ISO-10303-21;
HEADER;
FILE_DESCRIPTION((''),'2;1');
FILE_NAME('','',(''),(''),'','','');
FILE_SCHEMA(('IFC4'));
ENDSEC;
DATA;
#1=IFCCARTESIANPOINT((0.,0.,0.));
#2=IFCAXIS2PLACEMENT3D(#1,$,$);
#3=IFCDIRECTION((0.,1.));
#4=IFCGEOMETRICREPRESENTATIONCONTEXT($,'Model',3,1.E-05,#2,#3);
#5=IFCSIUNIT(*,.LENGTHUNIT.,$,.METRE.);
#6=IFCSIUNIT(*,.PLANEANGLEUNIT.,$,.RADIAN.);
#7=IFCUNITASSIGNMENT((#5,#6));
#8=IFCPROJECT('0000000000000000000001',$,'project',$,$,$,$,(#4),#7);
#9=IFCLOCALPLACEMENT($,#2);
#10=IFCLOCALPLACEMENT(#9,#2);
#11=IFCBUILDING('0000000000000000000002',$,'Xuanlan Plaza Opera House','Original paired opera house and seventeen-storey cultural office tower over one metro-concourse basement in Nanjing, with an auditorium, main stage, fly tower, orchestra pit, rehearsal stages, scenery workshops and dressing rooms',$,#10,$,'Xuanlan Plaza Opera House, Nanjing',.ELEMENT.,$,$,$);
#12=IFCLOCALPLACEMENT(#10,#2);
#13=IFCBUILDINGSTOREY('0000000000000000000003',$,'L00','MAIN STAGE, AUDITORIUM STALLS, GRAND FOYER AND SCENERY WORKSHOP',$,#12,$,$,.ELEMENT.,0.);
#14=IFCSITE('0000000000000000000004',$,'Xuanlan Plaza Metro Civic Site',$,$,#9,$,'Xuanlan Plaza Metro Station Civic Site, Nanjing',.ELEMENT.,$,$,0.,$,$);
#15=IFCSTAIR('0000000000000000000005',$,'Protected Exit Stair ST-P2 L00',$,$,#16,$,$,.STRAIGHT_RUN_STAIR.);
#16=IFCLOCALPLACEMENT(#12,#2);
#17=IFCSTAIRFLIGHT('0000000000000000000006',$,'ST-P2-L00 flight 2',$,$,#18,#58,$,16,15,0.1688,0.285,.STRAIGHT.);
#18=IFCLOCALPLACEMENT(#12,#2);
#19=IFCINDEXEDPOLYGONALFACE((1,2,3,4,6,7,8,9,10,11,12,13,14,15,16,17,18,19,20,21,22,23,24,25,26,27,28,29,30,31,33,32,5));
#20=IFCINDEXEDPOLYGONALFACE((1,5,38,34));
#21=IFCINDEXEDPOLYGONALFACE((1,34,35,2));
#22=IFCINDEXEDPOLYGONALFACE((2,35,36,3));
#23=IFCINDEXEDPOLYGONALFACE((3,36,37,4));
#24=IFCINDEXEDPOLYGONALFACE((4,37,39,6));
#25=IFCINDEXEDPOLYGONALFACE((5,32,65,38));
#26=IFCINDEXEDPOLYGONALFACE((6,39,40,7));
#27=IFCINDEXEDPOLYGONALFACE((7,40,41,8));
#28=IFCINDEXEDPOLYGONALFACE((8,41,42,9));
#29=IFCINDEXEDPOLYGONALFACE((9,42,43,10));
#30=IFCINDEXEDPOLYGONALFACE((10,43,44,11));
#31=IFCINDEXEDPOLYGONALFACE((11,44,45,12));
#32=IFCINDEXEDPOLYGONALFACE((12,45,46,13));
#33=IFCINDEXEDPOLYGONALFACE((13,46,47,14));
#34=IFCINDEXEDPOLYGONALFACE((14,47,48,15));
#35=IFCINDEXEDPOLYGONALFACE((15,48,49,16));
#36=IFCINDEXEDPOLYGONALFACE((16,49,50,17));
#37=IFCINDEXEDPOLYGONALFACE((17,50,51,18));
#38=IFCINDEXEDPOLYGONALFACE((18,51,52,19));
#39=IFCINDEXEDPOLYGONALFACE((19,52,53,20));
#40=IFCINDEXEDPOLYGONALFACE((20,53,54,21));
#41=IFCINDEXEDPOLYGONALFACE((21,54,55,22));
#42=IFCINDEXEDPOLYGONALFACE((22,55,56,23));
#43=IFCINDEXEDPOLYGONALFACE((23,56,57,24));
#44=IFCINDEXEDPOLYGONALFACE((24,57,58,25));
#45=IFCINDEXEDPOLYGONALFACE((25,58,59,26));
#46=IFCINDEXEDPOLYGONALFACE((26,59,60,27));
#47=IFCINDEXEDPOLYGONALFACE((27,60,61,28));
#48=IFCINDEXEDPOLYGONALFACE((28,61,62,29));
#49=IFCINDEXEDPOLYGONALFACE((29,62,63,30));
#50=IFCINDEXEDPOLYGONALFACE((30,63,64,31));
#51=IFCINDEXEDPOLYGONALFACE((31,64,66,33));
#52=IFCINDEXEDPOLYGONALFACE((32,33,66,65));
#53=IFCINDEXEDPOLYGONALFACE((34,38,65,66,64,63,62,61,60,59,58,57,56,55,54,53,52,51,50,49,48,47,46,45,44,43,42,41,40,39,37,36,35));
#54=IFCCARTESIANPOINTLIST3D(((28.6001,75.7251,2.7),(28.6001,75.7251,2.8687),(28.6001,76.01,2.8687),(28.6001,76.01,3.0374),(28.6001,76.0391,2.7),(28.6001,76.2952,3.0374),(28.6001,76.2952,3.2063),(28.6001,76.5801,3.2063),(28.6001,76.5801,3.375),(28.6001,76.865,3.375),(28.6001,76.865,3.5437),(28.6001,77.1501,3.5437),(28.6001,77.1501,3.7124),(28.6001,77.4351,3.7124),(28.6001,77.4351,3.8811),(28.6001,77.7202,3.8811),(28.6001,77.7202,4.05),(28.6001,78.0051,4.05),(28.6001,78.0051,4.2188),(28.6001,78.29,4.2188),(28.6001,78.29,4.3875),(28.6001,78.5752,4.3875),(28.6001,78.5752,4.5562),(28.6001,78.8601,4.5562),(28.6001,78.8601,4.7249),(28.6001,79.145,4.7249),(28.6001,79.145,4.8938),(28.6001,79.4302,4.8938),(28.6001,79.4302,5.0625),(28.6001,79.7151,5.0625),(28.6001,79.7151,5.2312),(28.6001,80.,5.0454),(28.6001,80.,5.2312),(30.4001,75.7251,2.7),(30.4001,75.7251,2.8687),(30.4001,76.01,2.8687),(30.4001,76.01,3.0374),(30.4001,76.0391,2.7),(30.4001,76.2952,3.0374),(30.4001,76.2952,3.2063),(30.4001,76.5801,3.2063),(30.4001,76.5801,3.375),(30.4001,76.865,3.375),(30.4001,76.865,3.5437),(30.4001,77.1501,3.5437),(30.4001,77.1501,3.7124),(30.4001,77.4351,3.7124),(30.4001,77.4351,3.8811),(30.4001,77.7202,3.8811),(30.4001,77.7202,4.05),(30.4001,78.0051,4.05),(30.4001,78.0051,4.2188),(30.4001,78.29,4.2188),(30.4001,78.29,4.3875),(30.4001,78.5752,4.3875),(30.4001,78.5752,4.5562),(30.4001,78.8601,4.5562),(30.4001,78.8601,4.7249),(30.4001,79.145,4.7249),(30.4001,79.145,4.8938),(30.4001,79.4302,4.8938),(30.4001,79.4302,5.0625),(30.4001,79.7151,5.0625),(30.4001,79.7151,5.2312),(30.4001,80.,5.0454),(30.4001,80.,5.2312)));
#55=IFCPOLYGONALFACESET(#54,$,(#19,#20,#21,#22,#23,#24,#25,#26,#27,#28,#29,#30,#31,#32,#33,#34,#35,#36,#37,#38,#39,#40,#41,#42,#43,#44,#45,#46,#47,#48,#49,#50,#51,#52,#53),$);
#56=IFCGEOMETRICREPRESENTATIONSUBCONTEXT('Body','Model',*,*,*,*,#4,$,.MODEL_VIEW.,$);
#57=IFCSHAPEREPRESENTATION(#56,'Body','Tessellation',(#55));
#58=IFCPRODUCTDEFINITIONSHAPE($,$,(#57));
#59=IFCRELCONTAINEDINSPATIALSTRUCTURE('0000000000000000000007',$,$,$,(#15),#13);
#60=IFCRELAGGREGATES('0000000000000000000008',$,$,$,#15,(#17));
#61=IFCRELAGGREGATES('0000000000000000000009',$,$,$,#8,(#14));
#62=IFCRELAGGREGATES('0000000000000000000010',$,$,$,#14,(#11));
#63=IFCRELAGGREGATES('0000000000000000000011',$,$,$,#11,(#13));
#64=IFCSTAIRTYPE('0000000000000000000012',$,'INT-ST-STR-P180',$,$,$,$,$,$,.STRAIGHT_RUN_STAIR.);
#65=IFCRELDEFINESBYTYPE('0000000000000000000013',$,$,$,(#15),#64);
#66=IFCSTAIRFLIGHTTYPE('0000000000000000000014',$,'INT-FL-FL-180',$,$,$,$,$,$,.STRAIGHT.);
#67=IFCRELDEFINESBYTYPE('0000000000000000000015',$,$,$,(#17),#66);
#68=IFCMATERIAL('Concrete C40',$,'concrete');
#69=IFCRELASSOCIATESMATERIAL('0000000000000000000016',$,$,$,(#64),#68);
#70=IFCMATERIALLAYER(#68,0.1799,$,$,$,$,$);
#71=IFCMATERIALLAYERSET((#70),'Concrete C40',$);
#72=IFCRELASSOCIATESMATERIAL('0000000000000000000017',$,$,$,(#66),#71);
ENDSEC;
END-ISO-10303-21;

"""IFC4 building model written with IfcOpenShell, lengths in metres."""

from ifc_helpers import new_model, si_unit, direction, frame, origin, place, context, subcontext, project, spatial, polyline, outline, extrude, material, layer, layer_set, type_object, element, aggregate, save


model = new_model("IFC4")

# Units and contexts
model_context = context("Model", 3, precision=1e-05, world=origin(), true_north=direction((0.0, 1.0)))
body_context = subcontext(model_context, "Body", "Model", "MODEL_VIEW")
ifc_project = project(units=[si_unit("LENGTHUNIT", "METRE"), si_unit("PLANEANGLEUNIT", "RADIAN")], contexts=[model_context])

# Site, building, storey
site_placement = place(None, origin())
site = spatial("IfcSite", under=ifc_project, at=site_placement, Name="Xuanlan Plaza Metro Civic Site", LongName="Xuanlan Plaza Metro Station Civic Site, Nanjing", CompositionType="ELEMENT", RefElevation=0.0)
building_placement = place(site_placement, origin())
building = spatial("IfcBuilding", under=site, at=building_placement, Name="Xuanlan Plaza Opera House", Description="Original paired opera house and seventeen-storey cultural office tower over one metro-concourse basement in Nanjing, with an auditorium, main stage, fly tower, orchestra pit, rehearsal stages, scenery workshops and dressing rooms", LongName="Xuanlan Plaza Opera House, Nanjing", CompositionType="ELEMENT")
storey_placement = place(building_placement, origin())
storey = spatial("IfcBuildingStorey", under=building, at=storey_placement, Name="L00", Description="MAIN STAGE, AUDITORIUM STALLS, GRAND FOYER AND SCENERY WORKSHOP", CompositionType="ELEMENT", Elevation=0.0)

# Shared definitions
ifc_material_1 = material(Name="Concrete C40", Category="concrete")

# Stair, stair flight
stair_type = type_object("IfcStairType", Name="INT-ST-STR-P180", PredefinedType="STRAIGHT_RUN_STAIR", material=ifc_material_1)
stair_placement = place(storey_placement, origin())
stair = element("IfcStair", 1, at=stair_placement, inside=storey, type_object=stair_type, Name="Protected Exit Stair ST-P2 L00", PredefinedType="STRAIGHT_RUN_STAIR")
ifc_layer_1 = layer(ifc_material_1, 0.1799)
ifc_layer_set_1 = layer_set([ifc_layer_1], Name="Concrete C40")
stair_flight_type = type_object("IfcStairFlightType", Name="INT-FL-FL-180", PredefinedType="STRAIGHT", material=ifc_layer_set_1)
stair_flight_placement = place(storey_placement, frame((29.5, 75.7251, 2.7), z_axis=(0.0, 0.0, 1.0), x_axis=(0.0, 1.0, 0.0)))
stair_flight = element("IfcStairFlight", 2, at=stair_flight_placement, type_object=stair_flight_type, Name="ST-P2-L00 flight 2", NumberOfRisers=16, NumberOfTreads=15, PredefinedType="STRAIGHT", RiserHeight=0.1688, TreadLength=0.285, context=body_context, shape_type="SweptSolid", body=[
    extrude(outline(polyline([(0.0, 0.0), (0.0, 0.1687), (0.2849, 0.1687), (0.2849, 0.3374), (0.5701, 0.3374), (0.5701, 0.5063), (0.855, 0.5063), (0.855, 0.675), (1.1399, 0.675), (1.1399, 0.8438), (1.425, 0.8438), (1.425, 1.0125), (1.71, 1.0125), (1.71, 1.1812), (1.9951, 1.1812), (1.9951, 1.3501), (2.28, 1.3501), (2.28, 1.5188), (2.5649, 1.5188), (2.5649, 1.6875), (2.8501, 1.6875), (2.8501, 1.8562), (3.135, 1.8562), (3.135, 2.0249), (3.4199, 2.0249), (3.4199, 2.1938), (3.7051, 2.1938), (3.7051, 2.3625), (3.99, 2.3625), (3.99, 2.5312), (4.2749, 2.5312), (4.2749, 2.7), (4.2749, 2.3455), (0.314, 0.0), (0.0, 0.0)])), frame((0.0, 0.8999, 0.0), z_axis=(0.0, -1.0, 0.0), x_axis=(1.0, 0.0, 0.0)), (0.0, 0.0, 1.0), 1.8),
])
aggregate(stair, [stair_flight])

save(model, "model.ifc")
